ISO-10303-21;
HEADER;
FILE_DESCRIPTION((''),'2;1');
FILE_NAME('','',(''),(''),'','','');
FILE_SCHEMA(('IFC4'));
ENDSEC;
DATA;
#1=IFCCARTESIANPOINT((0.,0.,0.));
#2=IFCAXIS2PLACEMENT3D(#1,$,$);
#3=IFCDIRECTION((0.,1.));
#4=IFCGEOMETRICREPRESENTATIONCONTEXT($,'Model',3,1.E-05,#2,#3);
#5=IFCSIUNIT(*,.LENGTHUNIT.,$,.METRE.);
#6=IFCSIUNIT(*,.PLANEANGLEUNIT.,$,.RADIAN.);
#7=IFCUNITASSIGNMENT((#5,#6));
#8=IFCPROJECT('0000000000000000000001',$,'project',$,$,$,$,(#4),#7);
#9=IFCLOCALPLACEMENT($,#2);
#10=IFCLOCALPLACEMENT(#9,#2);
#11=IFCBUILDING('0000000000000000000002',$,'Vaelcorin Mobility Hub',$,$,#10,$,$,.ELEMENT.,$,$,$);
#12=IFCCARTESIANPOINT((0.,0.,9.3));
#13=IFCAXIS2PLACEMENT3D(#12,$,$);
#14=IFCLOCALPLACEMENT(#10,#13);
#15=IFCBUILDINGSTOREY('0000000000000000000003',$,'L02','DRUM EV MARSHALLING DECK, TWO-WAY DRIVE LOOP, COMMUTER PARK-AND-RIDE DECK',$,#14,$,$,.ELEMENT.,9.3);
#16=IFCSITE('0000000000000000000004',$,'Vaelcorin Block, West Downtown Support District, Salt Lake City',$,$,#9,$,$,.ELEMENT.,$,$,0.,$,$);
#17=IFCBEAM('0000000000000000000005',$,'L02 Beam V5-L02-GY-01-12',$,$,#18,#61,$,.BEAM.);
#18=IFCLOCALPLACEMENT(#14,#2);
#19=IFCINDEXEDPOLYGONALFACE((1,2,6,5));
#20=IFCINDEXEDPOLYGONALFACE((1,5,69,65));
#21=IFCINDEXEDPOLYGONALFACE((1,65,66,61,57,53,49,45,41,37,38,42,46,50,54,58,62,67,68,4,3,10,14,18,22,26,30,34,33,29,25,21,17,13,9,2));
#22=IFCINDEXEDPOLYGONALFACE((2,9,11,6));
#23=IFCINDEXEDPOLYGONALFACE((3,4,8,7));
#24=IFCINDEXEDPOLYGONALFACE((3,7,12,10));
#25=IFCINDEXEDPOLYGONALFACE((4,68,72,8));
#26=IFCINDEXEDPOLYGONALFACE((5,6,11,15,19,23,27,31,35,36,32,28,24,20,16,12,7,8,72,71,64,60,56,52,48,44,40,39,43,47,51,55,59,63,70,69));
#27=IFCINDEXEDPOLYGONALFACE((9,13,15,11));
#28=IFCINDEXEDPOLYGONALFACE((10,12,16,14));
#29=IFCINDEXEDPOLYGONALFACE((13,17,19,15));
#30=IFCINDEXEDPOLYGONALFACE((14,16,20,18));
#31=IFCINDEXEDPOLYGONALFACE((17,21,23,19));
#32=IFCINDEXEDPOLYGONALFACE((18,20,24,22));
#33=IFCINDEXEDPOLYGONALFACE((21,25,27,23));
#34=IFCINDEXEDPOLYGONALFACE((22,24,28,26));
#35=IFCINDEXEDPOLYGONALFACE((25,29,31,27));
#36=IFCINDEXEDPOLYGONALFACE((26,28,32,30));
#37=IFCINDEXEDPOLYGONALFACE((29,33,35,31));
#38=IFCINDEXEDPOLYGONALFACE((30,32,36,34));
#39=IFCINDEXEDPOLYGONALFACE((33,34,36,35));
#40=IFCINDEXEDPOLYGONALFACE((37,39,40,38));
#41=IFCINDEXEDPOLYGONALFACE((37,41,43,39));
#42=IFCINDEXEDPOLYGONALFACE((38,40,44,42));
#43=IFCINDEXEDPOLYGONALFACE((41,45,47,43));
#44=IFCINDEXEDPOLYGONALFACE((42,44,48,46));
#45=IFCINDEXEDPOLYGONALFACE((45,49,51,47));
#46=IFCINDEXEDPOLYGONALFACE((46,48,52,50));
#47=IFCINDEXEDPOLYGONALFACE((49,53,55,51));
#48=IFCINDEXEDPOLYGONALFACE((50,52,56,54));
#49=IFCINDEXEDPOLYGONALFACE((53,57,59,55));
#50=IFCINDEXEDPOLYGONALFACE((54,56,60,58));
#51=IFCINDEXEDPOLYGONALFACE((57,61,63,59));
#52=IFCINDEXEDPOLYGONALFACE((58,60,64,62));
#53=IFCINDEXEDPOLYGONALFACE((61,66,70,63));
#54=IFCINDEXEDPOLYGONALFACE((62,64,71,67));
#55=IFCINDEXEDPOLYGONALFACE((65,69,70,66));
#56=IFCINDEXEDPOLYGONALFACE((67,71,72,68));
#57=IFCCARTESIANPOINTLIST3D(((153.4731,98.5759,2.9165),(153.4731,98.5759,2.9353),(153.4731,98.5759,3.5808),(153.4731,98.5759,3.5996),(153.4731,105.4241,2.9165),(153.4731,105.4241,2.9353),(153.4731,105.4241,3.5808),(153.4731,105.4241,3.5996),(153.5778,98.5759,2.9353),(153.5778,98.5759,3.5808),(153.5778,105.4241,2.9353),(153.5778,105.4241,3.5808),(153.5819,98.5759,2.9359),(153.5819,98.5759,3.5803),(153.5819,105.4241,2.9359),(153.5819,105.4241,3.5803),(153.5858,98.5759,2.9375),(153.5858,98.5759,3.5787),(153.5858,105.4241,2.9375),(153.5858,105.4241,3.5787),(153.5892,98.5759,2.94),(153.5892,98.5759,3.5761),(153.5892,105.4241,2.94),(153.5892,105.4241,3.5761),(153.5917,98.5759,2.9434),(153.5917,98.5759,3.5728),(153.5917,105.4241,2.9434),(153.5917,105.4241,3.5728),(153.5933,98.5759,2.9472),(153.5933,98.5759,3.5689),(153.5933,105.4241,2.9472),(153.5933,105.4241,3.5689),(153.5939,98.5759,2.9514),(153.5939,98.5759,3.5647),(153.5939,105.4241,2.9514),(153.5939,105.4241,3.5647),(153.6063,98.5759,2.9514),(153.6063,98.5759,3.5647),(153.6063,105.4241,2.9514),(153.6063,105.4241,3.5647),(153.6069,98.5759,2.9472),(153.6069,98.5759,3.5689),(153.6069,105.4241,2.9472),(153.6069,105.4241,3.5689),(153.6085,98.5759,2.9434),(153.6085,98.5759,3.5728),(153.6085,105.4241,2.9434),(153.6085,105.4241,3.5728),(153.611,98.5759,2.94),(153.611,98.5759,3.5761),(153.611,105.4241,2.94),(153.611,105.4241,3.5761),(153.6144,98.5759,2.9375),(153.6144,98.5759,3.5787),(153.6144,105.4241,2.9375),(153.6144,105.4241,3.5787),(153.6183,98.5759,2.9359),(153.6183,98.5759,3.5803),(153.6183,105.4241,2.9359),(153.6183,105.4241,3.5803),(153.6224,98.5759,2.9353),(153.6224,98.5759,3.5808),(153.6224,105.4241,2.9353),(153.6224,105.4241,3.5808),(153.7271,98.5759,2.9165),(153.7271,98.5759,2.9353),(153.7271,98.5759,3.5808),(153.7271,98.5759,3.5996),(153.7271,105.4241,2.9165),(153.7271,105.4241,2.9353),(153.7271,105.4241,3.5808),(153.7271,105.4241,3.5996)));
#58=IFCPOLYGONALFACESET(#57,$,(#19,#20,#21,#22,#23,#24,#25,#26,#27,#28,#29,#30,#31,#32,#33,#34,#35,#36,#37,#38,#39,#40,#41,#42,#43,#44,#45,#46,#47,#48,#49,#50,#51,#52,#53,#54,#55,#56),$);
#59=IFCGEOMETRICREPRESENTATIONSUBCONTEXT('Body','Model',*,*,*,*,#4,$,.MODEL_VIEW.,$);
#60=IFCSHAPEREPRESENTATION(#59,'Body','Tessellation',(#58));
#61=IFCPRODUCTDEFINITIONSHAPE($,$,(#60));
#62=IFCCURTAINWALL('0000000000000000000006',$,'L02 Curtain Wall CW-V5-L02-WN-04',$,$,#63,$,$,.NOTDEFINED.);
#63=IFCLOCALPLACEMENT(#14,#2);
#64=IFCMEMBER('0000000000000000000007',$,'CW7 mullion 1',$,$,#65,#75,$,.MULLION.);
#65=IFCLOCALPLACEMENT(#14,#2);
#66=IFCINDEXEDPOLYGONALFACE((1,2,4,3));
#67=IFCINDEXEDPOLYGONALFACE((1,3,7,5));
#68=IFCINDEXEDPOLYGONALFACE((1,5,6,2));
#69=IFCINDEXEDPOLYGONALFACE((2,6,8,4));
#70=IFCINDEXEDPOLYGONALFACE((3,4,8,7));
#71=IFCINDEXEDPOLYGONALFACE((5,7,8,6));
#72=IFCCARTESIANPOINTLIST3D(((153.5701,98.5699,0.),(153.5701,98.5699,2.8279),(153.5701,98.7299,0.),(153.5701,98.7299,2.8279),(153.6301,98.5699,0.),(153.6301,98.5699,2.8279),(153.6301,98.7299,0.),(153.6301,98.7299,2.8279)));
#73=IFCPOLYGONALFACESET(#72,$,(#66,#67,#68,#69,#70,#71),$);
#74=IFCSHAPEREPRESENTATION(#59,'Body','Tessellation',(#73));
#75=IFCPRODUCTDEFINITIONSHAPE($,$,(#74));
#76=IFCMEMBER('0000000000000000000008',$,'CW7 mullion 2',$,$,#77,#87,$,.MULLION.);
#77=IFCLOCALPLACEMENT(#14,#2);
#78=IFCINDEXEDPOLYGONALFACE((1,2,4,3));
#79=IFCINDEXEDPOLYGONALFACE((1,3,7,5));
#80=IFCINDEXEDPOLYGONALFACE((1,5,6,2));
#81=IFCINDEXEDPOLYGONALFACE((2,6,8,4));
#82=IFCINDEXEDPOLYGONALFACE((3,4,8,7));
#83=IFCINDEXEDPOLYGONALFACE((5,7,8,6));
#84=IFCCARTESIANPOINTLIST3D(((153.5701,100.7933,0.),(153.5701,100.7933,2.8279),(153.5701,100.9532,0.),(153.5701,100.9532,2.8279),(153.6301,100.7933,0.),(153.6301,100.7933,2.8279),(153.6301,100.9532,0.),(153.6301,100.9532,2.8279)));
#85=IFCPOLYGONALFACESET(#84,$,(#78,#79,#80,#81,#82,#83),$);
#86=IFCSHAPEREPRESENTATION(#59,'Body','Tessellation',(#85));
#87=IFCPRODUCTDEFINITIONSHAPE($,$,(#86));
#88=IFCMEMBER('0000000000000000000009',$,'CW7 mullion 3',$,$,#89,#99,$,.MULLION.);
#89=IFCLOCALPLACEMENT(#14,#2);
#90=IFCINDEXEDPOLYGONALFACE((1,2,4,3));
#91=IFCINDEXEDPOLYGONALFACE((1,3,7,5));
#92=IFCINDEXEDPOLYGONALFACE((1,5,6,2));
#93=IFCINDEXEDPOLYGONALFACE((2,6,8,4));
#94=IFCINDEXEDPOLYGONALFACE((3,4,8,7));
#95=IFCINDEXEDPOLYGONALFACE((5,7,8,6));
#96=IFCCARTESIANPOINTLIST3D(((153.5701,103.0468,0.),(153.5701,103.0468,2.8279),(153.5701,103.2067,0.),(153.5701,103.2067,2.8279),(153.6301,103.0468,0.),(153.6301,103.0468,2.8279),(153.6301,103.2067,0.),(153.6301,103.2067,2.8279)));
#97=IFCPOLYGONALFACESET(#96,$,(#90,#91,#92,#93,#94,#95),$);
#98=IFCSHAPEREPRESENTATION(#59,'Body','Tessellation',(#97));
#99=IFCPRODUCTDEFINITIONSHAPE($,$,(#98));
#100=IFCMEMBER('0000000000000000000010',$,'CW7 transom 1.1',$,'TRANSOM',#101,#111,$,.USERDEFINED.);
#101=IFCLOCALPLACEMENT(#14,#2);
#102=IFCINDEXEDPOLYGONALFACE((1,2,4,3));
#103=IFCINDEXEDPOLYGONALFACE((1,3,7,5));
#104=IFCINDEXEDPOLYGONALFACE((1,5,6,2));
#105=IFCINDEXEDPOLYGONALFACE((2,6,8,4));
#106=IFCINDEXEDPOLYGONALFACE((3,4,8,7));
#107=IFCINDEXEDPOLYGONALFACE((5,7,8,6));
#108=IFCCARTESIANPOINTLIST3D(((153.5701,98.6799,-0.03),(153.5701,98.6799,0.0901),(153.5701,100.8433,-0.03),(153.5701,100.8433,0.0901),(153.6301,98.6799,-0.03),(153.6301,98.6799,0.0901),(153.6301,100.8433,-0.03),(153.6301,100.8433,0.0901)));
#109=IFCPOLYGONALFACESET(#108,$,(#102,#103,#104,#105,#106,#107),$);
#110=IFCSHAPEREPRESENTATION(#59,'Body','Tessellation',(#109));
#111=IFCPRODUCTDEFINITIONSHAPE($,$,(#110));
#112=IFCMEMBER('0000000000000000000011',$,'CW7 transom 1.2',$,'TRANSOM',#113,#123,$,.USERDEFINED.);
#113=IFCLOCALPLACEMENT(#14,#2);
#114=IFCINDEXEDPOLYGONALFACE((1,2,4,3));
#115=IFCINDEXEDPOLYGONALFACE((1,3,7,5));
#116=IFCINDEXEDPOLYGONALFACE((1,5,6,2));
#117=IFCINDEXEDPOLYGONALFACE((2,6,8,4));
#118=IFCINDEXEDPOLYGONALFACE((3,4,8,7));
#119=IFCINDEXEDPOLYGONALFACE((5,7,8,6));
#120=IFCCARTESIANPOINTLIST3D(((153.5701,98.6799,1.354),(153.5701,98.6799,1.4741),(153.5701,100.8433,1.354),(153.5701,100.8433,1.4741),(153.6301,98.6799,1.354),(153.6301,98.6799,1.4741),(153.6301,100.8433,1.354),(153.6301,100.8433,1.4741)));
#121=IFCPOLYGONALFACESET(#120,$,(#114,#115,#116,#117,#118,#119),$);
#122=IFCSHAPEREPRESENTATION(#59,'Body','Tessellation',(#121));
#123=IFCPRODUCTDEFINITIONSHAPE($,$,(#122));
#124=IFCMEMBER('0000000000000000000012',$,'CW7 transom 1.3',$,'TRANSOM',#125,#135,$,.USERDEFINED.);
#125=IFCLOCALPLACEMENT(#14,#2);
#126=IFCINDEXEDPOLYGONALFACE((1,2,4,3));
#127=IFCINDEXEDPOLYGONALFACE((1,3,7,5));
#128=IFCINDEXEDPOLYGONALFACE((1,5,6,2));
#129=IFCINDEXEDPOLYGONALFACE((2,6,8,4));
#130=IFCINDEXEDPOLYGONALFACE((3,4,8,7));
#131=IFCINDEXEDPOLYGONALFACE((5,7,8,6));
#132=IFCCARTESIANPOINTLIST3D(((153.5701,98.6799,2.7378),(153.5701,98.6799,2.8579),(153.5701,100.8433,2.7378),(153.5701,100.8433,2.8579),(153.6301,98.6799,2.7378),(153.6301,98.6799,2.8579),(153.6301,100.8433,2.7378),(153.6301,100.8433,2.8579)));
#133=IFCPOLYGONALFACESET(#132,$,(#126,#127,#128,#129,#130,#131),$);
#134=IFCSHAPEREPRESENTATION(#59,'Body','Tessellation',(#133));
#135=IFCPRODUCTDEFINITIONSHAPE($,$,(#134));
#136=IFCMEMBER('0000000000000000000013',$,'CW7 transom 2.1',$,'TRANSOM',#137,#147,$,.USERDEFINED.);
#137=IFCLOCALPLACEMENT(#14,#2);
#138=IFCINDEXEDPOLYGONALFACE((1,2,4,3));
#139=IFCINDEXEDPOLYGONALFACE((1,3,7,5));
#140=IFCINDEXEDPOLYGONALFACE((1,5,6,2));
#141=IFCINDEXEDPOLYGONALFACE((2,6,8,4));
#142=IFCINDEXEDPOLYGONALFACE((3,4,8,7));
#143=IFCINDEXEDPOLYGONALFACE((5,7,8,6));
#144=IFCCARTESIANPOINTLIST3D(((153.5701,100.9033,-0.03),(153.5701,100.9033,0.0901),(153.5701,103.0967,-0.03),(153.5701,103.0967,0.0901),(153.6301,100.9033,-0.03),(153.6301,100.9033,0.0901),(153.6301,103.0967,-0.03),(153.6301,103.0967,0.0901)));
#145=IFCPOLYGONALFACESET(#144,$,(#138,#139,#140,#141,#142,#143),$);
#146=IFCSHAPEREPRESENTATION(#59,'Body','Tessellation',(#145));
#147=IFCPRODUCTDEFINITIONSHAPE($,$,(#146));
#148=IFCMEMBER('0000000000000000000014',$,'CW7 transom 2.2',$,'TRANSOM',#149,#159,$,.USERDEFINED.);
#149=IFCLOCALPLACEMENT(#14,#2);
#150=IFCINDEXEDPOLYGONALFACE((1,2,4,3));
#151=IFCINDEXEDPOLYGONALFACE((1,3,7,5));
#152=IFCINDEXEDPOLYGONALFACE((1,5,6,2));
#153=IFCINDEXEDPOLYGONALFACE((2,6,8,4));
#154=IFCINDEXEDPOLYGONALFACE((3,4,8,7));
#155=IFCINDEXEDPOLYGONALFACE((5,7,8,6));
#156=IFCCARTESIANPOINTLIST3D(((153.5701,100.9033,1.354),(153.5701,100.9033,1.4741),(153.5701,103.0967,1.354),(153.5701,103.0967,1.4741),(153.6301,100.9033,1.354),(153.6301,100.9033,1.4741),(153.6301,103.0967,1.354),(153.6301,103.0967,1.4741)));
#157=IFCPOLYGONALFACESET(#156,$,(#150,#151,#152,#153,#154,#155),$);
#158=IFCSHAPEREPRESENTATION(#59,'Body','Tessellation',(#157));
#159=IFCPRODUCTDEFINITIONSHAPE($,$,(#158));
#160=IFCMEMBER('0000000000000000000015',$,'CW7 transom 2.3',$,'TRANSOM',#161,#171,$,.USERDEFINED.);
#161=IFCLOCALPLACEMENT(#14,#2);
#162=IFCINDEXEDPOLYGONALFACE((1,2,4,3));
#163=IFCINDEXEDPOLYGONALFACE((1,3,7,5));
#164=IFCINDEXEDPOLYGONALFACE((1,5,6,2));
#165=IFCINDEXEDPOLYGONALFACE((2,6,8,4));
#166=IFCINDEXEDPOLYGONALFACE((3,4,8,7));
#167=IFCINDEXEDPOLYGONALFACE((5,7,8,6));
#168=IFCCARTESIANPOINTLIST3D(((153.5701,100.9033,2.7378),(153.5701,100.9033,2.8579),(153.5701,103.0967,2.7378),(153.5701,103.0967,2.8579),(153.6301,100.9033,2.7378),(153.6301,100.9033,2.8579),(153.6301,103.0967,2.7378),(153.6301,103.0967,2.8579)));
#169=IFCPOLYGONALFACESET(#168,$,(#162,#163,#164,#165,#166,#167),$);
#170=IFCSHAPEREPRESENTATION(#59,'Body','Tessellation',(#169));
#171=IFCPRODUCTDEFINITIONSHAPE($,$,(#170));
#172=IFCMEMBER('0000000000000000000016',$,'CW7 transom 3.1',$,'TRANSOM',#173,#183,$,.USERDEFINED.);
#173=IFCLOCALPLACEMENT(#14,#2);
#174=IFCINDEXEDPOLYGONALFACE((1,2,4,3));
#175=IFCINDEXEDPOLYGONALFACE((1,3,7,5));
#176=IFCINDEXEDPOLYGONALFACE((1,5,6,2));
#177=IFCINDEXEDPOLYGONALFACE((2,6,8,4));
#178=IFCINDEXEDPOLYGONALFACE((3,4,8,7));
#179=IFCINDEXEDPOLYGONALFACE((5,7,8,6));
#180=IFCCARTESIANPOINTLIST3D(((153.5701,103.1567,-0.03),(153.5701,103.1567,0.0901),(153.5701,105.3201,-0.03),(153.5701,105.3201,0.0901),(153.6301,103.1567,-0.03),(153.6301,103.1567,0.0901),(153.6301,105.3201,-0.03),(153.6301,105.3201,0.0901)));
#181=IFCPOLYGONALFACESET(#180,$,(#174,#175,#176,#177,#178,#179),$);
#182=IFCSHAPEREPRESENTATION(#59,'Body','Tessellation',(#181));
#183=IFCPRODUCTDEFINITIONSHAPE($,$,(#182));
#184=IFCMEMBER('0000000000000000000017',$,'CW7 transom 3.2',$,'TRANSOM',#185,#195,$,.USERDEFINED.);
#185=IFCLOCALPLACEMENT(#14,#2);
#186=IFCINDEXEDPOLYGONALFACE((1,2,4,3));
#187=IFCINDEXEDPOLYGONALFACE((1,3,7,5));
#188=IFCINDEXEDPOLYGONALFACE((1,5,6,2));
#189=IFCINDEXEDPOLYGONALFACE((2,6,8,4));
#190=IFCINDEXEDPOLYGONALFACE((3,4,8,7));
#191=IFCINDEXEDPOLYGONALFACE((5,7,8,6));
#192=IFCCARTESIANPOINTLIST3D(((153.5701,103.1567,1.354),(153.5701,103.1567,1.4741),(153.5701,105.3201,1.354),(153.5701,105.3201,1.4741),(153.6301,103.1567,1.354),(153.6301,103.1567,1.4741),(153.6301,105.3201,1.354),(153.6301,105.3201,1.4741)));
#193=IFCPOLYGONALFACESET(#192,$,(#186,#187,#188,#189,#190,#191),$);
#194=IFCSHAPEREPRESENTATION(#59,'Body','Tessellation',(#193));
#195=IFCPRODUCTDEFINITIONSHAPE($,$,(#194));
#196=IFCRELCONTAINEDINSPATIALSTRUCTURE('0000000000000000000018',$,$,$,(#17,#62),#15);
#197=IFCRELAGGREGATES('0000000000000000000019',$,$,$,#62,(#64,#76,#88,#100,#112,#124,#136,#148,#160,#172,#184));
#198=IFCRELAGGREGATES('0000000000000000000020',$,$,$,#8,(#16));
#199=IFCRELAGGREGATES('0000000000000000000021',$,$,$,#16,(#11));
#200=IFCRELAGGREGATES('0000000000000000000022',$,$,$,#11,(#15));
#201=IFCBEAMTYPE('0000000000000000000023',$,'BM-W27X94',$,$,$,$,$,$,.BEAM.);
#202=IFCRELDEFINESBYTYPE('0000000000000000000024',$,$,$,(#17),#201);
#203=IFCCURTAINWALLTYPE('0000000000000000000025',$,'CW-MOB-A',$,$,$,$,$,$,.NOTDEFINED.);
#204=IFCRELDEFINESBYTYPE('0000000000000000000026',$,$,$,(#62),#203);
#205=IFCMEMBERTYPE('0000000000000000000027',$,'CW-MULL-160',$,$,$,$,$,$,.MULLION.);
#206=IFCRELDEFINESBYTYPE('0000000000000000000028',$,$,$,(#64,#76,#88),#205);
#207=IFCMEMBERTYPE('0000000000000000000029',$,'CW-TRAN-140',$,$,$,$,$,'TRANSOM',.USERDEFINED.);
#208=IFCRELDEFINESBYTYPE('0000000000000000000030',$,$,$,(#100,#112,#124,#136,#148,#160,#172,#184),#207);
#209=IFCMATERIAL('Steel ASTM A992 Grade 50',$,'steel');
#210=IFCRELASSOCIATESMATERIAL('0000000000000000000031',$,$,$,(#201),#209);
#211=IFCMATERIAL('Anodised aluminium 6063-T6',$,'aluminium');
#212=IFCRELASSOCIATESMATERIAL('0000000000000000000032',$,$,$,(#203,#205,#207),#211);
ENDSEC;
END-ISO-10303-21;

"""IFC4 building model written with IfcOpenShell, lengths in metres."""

from ifc_helpers import new_model, si_unit, direction, frame, origin, origin_2d, place, context, subcontext, project, spatial, rectangle, i_section, extrude, material, material_profile, profile_set, type_object, element, aggregate, save


model = new_model("IFC4")

# Units and contexts
model_context = context("Model", 3, precision=1e-05, world=origin(), true_north=direction((0.0, 1.0)))
body_context = subcontext(model_context, "Body", "Model", "MODEL_VIEW")
ifc_project = project(units=[si_unit("LENGTHUNIT", "METRE"), si_unit("PLANEANGLEUNIT", "RADIAN")], contexts=[model_context])

# Site, building, storey
site_placement = place(None, origin())
site = spatial("IfcSite", under=ifc_project, at=site_placement, Name="Vaelcorin Block, West Downtown Support District, Salt Lake City", CompositionType="ELEMENT", RefElevation=0.0)
building_placement = place(site_placement, origin())
building = spatial("IfcBuilding", under=site, at=building_placement, Name="Vaelcorin Mobility Hub", CompositionType="ELEMENT")
storey_placement = place(building_placement, frame((0.0, 0.0, 9.3)))
storey = spatial("IfcBuildingStorey", under=building, at=storey_placement, Name="L02", Description="DRUM EV MARSHALLING DECK, TWO-WAY DRIVE LOOP, COMMUTER PARK-AND-RIDE DECK", CompositionType="ELEMENT", Elevation=9.3)

# Shared definitions
ifc_material_1 = material(Name="Steel ASTM A992 Grade 50", Category="steel")

# Beam
ifc_material_profile_1 = material_profile(ifc_material_1, i_section(OverallWidth=0.2539, OverallDepth=0.6831, WebThickness=0.0125, FlangeThickness=0.0188, FilletRadius=0.0161, at=origin_2d()), Name="W27X94")
ifc_profile_set_1 = profile_set([ifc_material_profile_1], Name="Steel ASTM A992 Grade 50")
beam_type_1 = type_object("IfcBeamType", Name="BM-W27X94", PredefinedType="BEAM", material=ifc_profile_set_1)
beam_1_placement = place(storey_placement, frame((153.6001, 98.5759, 3.2581), z_axis=(0.0, 1.0, 0.0), x_axis=(-1.0, 0.0, 0.0)))
element("IfcBeam", 1, at=beam_1_placement, inside=storey, type_object=beam_type_1, Name="L02 Beam V5-L02-GY-01-12", PredefinedType="BEAM", context=body_context, shape_type="SweptSolid", body=[
    extrude(i_section(OverallWidth=0.2539, OverallDepth=0.6831, WebThickness=0.0125, FlangeThickness=0.0188, FilletRadius=0.0161, at=origin_2d()), origin(), (0.0, 0.0, 1.0), 6.8481),
])

# Curtain wall, members
ifc_material_2 = material(Name="Anodised aluminium 6063-T6", Category="aluminium")
curtain_wall_type = type_object("IfcCurtainWallType", Name="CW-MOB-A", PredefinedType="NOTDEFINED", material=ifc_material_2)
curtain_wall_placement = place(storey_placement, origin())
curtain_wall = element("IfcCurtainWall", 2, at=curtain_wall_placement, inside=storey, type_object=curtain_wall_type, Name="L02 Curtain Wall CW-V5-L02-WN-04", PredefinedType="NOTDEFINED")
ifc_material_profile_2 = material_profile(ifc_material_2, rectangle(XDim=0.0601, YDim=0.1599, at=origin_2d()), Name="ALU-M60X160")
ifc_profile_set_2 = profile_set([ifc_material_profile_2], Name="Anodised aluminium 6063-T6")
member_type_1 = type_object("IfcMemberType", Name="CW-MULL-160", PredefinedType="MULLION", material=ifc_profile_set_2)
member_1_placement = place(storey_placement, frame((153.6001, 98.6499, 0.0), z_axis=(0.0, 0.0, 1.0), x_axis=(-1.0, 0.0, 0.0)))
member_1 = element("IfcMember", 3, at=member_1_placement, type_object=member_type_1, Name="CW7 mullion 1", PredefinedType="MULLION", context=body_context, shape_type="SweptSolid", body=[
    extrude(rectangle(XDim=0.0601, YDim=0.1599, at=origin_2d()), origin(), (0.0, 0.0, 1.0), 2.8279),
])
member_2_placement = place(storey_placement, frame((153.6001, 100.8733, 0.0), z_axis=(0.0, 0.0, 1.0), x_axis=(-1.0, 0.0, 0.0)))
member_2 = element("IfcMember", 4, at=member_2_placement, type_object=member_type_1, Name="CW7 mullion 2", PredefinedType="MULLION", context=body_context, shape_type="SweptSolid", body=[
    extrude(rectangle(XDim=0.0601, YDim=0.1599, at=origin_2d()), origin(), (0.0, 0.0, 1.0), 2.8279),
])
member_3_placement = place(storey_placement, frame((153.6001, 103.1267, 0.0), z_axis=(0.0, 0.0, 1.0), x_axis=(-1.0, 0.0, 0.0)))
member_3 = element("IfcMember", 5, at=member_3_placement, type_object=member_type_1, Name="CW7 mullion 3", PredefinedType="MULLION", context=body_context, shape_type="SweptSolid", body=[
    extrude(rectangle(XDim=0.0601, YDim=0.1599, at=origin_2d()), origin(), (0.0, 0.0, 1.0), 2.8279),
])
ifc_material_profile_3 = material_profile(ifc_material_2, rectangle(XDim=0.0601, YDim=0.1201, at=origin_2d()), Name="ALU-T60X120")
ifc_profile_set_3 = profile_set([ifc_material_profile_3], Name="Anodised aluminium 6063-T6")
member_type_2 = type_object("IfcMemberType", Name="CW-TRAN-140", ElementType="TRANSOM", PredefinedType="USERDEFINED", material=ifc_profile_set_3)
member_4_placement = place(storey_placement, frame((153.6001, 98.6799, 0.03), z_axis=(0.0, 1.0, 0.0), x_axis=(-1.0, 0.0, 0.0)))
member_4 = element("IfcMember", 6, at=member_4_placement, type_object=member_type_2, Name="CW7 transom 1.1", ObjectType="TRANSOM", PredefinedType="USERDEFINED", context=body_context, shape_type="SweptSolid", body=[
    extrude(rectangle(XDim=0.0601, YDim=0.1201, at=origin_2d()), origin(), (0.0, 0.0, 1.0), 2.1633),
])
member_5_placement = place(storey_placement, frame((153.6001, 98.6799, 1.4141), z_axis=(0.0, 1.0, 0.0), x_axis=(-1.0, 0.0, 0.0)))
member_5 = element("IfcMember", 7, at=member_5_placement, type_object=member_type_2, Name="CW7 transom 1.2", ObjectType="TRANSOM", PredefinedType="USERDEFINED", context=body_context, shape_type="SweptSolid", body=[
    extrude(rectangle(XDim=0.0601, YDim=0.1201, at=origin_2d()), origin(), (0.0, 0.0, 1.0), 2.1633),
])
member_6_placement = place(storey_placement, frame((153.6001, 98.6799, 2.7979), z_axis=(0.0, 1.0, 0.0), x_axis=(-1.0, 0.0, 0.0)))
member_6 = element("IfcMember", 8, at=member_6_placement, type_object=member_type_2, Name="CW7 transom 1.3", ObjectType="TRANSOM", PredefinedType="USERDEFINED", context=body_context, shape_type="SweptSolid", body=[
    extrude(rectangle(XDim=0.0601, YDim=0.1201, at=origin_2d()), origin(), (0.0, 0.0, 1.0), 2.1633),
])
member_7_placement = place(storey_placement, frame((153.6001, 100.9033, 0.03), z_axis=(0.0, 1.0, 0.0), x_axis=(-1.0, 0.0, 0.0)))
member_7 = element("IfcMember", 9, at=member_7_placement, type_object=member_type_2, Name="CW7 transom 2.1", ObjectType="TRANSOM", PredefinedType="USERDEFINED", context=body_context, shape_type="SweptSolid", body=[
    extrude(rectangle(XDim=0.0601, YDim=0.1201, at=origin_2d()), origin(), (0.0, 0.0, 1.0), 2.1934),
])
member_8_placement = place(storey_placement, frame((153.6001, 100.9033, 1.4141), z_axis=(0.0, 1.0, 0.0), x_axis=(-1.0, 0.0, 0.0)))
member_8 = element("IfcMember", 10, at=member_8_placement, type_object=member_type_2, Name="CW7 transom 2.2", ObjectType="TRANSOM", PredefinedType="USERDEFINED", context=body_context, shape_type="SweptSolid", body=[
    extrude(rectangle(XDim=0.0601, YDim=0.1201, at=origin_2d()), origin(), (0.0, 0.0, 1.0), 2.1934),
])
member_9_placement = place(storey_placement, frame((153.6001, 100.9033, 2.7979), z_axis=(0.0, 1.0, 0.0), x_axis=(-1.0, 0.0, 0.0)))
member_9 = element("IfcMember", 11, at=member_9_placement, type_object=member_type_2, Name="CW7 transom 2.3", ObjectType="TRANSOM", PredefinedType="USERDEFINED", context=body_context, shape_type="SweptSolid", body=[
    extrude(rectangle(XDim=0.0601, YDim=0.1201, at=origin_2d()), origin(), (0.0, 0.0, 1.0), 2.1934),
])
member_10_placement = place(storey_placement, frame((153.6001, 103.1567, 0.03), z_axis=(0.0, 1.0, 0.0), x_axis=(-1.0, 0.0, 0.0)))
member_10 = element("IfcMember", 12, at=member_10_placement, type_object=member_type_2, Name="CW7 transom 3.1", ObjectType="TRANSOM", PredefinedType="USERDEFINED", context=body_context, shape_type="SweptSolid", body=[
    extrude(rectangle(XDim=0.0601, YDim=0.1201, at=origin_2d()), origin(), (0.0, 0.0, 1.0), 2.1633),
])
member_11_placement = place(storey_placement, frame((153.6001, 103.1567, 1.4141), z_axis=(0.0, 1.0, 0.0), x_axis=(-1.0, 0.0, 0.0)))
member_11 = element("IfcMember", 13, at=member_11_placement, type_object=member_type_2, Name="CW7 transom 3.2", ObjectType="TRANSOM", PredefinedType="USERDEFINED", context=body_context, shape_type="SweptSolid", body=[
    extrude(rectangle(XDim=0.0601, YDim=0.1201, at=origin_2d()), origin(), (0.0, 0.0, 1.0), 2.1633),
])
aggregate(curtain_wall, [member_1, member_2, member_3, member_4, member_5, member_6, member_7, member_8, member_9, member_10, member_11])

save(model, "model.ifc")
